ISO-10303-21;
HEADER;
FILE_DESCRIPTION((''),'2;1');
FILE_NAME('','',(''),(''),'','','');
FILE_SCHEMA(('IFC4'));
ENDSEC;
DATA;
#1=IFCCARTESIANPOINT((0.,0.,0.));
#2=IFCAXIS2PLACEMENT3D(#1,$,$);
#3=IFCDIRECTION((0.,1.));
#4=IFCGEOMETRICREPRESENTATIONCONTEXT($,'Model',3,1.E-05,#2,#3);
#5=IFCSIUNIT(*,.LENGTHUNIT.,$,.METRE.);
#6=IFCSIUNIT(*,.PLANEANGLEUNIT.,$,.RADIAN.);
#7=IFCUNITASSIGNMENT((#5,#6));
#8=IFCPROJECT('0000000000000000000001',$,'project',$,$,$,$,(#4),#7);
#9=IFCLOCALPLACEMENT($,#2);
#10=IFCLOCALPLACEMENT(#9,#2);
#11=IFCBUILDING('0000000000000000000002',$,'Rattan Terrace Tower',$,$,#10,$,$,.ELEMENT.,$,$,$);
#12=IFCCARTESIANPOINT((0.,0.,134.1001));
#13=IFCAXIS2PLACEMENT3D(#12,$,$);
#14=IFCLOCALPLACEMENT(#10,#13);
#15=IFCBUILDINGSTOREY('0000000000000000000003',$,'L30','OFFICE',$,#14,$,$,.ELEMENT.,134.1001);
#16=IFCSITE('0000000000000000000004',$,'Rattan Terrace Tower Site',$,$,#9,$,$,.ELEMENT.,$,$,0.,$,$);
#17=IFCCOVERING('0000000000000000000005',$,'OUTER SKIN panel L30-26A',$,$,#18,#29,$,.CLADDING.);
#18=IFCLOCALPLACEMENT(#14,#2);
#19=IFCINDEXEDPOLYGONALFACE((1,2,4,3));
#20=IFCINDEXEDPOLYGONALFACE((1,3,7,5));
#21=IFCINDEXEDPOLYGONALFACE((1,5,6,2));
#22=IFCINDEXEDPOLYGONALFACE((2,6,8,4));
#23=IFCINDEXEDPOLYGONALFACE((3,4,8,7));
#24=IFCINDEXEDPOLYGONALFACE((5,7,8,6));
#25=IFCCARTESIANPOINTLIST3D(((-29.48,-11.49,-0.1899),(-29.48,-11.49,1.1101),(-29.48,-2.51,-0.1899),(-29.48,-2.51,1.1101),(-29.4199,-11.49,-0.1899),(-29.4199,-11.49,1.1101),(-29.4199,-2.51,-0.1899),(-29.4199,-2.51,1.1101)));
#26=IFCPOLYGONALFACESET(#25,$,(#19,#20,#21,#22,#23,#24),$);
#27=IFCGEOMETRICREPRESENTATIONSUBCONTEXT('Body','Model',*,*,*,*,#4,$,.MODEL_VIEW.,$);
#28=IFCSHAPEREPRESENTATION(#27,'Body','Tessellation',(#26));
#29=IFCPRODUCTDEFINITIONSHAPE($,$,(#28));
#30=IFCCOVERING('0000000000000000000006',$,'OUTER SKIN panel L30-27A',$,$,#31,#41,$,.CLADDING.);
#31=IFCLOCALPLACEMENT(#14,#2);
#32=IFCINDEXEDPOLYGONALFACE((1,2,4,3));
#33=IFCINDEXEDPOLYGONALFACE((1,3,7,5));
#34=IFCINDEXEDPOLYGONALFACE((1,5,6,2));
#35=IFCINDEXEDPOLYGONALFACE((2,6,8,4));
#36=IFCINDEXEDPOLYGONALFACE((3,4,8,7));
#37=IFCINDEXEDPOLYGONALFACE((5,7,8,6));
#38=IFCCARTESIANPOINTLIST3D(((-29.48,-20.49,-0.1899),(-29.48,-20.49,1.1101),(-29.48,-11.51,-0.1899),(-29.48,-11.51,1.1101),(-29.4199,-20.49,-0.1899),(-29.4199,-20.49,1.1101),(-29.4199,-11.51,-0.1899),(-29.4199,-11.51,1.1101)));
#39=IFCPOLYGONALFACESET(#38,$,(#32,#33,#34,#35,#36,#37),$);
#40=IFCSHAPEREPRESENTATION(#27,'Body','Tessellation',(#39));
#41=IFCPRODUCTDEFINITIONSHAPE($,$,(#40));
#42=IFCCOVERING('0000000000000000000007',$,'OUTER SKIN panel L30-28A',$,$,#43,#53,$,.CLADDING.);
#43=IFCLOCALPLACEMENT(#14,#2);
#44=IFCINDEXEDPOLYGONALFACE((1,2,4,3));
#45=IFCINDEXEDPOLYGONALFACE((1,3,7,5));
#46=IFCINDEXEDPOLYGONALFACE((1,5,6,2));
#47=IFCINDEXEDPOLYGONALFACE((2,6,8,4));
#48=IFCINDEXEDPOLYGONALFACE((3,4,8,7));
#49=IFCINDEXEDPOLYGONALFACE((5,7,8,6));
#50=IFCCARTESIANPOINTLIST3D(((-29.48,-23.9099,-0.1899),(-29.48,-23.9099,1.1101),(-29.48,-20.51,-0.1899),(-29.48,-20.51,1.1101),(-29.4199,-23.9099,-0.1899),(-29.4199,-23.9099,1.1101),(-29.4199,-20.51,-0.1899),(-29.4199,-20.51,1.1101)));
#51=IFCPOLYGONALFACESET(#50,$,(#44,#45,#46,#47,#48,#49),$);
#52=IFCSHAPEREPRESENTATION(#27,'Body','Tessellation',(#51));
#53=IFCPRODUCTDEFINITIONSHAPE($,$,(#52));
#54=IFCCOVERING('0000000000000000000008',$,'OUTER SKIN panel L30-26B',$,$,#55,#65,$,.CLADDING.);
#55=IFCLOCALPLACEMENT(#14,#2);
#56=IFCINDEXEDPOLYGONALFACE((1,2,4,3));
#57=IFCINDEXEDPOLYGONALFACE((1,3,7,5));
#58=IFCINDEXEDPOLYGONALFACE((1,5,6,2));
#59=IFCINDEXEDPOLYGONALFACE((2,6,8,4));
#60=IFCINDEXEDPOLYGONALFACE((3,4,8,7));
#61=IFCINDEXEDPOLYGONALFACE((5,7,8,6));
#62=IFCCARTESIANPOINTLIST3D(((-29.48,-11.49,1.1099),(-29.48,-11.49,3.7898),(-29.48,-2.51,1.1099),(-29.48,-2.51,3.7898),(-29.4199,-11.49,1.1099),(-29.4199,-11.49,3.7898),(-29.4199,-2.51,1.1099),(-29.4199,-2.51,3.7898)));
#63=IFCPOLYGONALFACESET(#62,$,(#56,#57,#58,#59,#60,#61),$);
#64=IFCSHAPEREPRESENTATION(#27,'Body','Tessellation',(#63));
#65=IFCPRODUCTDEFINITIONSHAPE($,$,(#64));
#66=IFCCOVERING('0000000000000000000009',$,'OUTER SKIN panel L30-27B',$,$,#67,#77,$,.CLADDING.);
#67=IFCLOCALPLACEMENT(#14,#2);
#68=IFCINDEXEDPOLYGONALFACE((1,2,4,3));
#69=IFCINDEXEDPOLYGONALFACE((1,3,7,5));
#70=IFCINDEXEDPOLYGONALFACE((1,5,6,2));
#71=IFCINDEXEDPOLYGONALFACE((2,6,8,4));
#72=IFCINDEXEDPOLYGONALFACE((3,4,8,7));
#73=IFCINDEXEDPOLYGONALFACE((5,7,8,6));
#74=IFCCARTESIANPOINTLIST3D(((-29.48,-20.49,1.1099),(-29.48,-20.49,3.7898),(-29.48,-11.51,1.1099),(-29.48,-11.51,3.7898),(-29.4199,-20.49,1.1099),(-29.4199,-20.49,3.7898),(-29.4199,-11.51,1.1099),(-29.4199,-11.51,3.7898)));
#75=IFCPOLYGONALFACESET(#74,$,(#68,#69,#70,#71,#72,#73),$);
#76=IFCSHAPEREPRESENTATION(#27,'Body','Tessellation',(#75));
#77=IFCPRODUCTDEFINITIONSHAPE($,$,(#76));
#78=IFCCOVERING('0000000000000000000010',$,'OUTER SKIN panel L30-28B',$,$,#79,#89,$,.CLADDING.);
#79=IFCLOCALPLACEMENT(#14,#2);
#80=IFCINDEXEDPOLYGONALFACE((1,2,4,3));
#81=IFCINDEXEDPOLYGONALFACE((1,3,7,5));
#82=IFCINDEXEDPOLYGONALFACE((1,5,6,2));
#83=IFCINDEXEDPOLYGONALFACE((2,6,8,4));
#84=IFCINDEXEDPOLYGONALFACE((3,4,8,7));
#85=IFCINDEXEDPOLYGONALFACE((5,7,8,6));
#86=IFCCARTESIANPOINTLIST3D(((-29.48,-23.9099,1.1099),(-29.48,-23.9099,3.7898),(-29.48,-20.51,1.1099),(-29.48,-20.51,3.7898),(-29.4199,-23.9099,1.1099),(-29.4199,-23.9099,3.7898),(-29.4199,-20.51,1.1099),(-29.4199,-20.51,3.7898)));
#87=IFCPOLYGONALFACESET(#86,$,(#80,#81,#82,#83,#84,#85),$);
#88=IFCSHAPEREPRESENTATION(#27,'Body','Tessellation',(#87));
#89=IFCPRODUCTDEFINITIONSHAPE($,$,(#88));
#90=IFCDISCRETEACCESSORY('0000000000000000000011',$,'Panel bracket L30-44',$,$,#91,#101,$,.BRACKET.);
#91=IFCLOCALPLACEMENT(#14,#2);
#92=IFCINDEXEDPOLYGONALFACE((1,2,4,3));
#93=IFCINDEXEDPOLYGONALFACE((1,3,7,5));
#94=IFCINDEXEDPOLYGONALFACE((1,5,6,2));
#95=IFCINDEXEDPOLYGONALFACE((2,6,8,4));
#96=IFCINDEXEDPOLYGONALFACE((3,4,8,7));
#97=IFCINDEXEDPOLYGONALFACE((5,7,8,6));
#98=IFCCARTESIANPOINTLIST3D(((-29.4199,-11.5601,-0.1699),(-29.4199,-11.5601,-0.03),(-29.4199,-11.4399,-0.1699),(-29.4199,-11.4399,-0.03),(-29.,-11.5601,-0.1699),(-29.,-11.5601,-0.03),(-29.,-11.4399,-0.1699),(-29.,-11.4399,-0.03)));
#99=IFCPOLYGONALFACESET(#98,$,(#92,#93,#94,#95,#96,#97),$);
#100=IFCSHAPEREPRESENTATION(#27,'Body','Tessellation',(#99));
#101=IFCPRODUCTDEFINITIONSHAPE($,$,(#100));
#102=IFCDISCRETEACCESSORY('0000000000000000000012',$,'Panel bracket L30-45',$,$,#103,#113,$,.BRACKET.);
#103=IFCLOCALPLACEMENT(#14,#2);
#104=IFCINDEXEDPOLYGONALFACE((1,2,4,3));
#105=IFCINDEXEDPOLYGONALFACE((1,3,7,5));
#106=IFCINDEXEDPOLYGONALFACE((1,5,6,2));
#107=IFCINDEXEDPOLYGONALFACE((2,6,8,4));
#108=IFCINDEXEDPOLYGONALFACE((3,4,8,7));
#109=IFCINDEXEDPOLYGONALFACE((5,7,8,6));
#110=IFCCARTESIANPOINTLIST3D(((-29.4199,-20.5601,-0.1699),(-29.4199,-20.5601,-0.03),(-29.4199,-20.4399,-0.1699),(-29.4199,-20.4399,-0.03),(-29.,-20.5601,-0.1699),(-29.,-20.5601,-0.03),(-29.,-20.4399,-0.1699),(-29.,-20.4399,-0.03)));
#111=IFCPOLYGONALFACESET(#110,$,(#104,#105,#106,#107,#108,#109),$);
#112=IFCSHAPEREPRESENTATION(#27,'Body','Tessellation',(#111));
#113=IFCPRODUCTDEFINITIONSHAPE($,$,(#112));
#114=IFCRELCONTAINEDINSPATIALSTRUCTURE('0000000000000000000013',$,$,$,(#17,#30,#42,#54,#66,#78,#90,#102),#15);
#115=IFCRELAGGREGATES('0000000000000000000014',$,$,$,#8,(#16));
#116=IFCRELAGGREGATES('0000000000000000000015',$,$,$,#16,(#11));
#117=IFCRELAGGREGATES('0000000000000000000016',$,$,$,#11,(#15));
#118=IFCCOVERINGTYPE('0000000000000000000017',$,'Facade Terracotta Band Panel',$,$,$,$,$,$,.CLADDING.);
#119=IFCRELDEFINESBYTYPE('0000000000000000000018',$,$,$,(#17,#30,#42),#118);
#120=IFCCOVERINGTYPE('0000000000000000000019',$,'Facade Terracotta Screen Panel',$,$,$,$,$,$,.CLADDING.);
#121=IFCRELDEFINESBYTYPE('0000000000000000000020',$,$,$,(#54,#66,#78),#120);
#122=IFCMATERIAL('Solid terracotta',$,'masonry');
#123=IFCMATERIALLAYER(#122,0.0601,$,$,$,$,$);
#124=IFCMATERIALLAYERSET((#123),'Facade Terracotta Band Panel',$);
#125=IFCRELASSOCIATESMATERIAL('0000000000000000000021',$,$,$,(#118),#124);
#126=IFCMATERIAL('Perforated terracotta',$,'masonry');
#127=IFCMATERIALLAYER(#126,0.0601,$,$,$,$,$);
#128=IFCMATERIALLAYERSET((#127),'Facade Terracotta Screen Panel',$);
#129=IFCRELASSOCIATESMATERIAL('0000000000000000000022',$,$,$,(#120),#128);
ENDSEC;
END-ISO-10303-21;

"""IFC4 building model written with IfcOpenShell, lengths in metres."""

from ifc_helpers import new_model, si_unit, direction, frame, origin, origin_2d, place, context, subcontext, project, spatial, rectangle, extrude, material, layer, layer_set, type_object, element, save


model = new_model("IFC4")

# Units and contexts
model_context = context("Model", 3, precision=1e-05, world=origin(), true_north=direction((0.0, 1.0)))
body_context = subcontext(model_context, "Body", "Model", "MODEL_VIEW")
ifc_project = project(units=[si_unit("LENGTHUNIT", "METRE"), si_unit("PLANEANGLEUNIT", "RADIAN")], contexts=[model_context])

# Site, building, storey
site_placement = place(None, origin())
site = spatial("IfcSite", under=ifc_project, at=site_placement, Name="Rattan Terrace Tower Site", CompositionType="ELEMENT", RefElevation=0.0)
building_placement = place(site_placement, origin())
building = spatial("IfcBuilding", under=site, at=building_placement, Name="Rattan Terrace Tower", CompositionType="ELEMENT")
storey_placement = place(building_placement, frame((0.0, 0.0, 134.1001)))
storey = spatial("IfcBuildingStorey", under=building, at=storey_placement, Name="L30", Description="OFFICE", CompositionType="ELEMENT", Elevation=134.1001)

# Coverings
ifc_material_1 = material(Name="Solid terracotta", Category="masonry")
ifc_layer_1 = layer(ifc_material_1, 0.0601)
ifc_layer_set_1 = layer_set([ifc_layer_1], Name="Facade Terracotta Band Panel")
covering_type_1 = type_object("IfcCoveringType", Name="Facade Terracotta Band Panel", PredefinedType="CLADDING", material=ifc_layer_set_1)
for number, where, z_axis, x_axis, name in (
    (1, (-29.45, -7.0, -0.1899), (0.0, 0.0, 1.0), (0.0, -1.0, 0.0), "OUTER SKIN panel L30-26A"),
    (2, (-29.45, -16.0, -0.1899), (0.0, 0.0, 1.0), (0.0, -1.0, 0.0), "OUTER SKIN panel L30-27A"),
):
    element("IfcCovering", number, at=place(storey_placement, frame(where, z_axis=z_axis, x_axis=x_axis)), inside=storey, type_object=covering_type_1, Name=name, PredefinedType="CLADDING", context=body_context, shape_type="SweptSolid", body=[
        extrude(rectangle(XDim=8.98, YDim=0.0601, at=origin_2d()), origin(), (0.0, 0.0, 1.0), 1.3),
    ])
covering_1_placement = place(storey_placement, frame((-29.45, -22.21, -0.1899), z_axis=(0.0, 0.0, 1.0), x_axis=(0.0, -1.0, 0.0)))
element("IfcCovering", 3, at=covering_1_placement, inside=storey, type_object=covering_type_1, Name="OUTER SKIN panel L30-28A", PredefinedType="CLADDING", context=body_context, shape_type="SweptSolid", body=[
    extrude(rectangle(XDim=3.3999, YDim=0.0601, at=origin_2d()), origin(), (0.0, 0.0, 1.0), 1.3),
])
ifc_material_2 = material(Name="Perforated terracotta", Category="masonry")
ifc_layer_2 = layer(ifc_material_2, 0.0601)
ifc_layer_set_2 = layer_set([ifc_layer_2], Name="Facade Terracotta Screen Panel")
covering_type_2 = type_object("IfcCoveringType", Name="Facade Terracotta Screen Panel", PredefinedType="CLADDING", material=ifc_layer_set_2)
for number, where, z_axis, x_axis, name in (
    (4, (-29.45, -7.0, 1.1099), (0.0, 0.0, 1.0), (0.0, -1.0, 0.0), "OUTER SKIN panel L30-26B"),
    (5, (-29.45, -16.0, 1.1099), (0.0, 0.0, 1.0), (0.0, -1.0, 0.0), "OUTER SKIN panel L30-27B"),
):
    element("IfcCovering", number, at=place(storey_placement, frame(where, z_axis=z_axis, x_axis=x_axis)), inside=storey, type_object=covering_type_2, Name=name, PredefinedType="CLADDING", context=body_context, shape_type="SweptSolid", body=[
        extrude(rectangle(XDim=8.98, YDim=0.0601, at=origin_2d()), origin(), (0.0, 0.0, 1.0), 2.6799),
    ])
covering_2_placement = place(storey_placement, frame((-29.45, -22.21, 1.1099), z_axis=(0.0, 0.0, 1.0), x_axis=(0.0, -1.0, 0.0)))
element("IfcCovering", 6, at=covering_2_placement, inside=storey, type_object=covering_type_2, Name="OUTER SKIN panel L30-28B", PredefinedType="CLADDING", context=body_context, shape_type="SweptSolid", body=[
    extrude(rectangle(XDim=3.3999, YDim=0.0601, at=origin_2d()), origin(), (0.0, 0.0, 1.0), 2.6799),
])

# Discrete accessories
for number, where, z_axis, x_axis, name in (
    (7, (-29.21, -11.5, -0.1699), (0.0, 0.0, 1.0), (0.0, -1.0, 0.0), "Panel bracket L30-44"),
    (8, (-29.21, -20.5, -0.1699), (0.0, 0.0, 1.0), (0.0, -1.0, 0.0), "Panel bracket L30-45"),
):
    element("IfcDiscreteAccessory", number, at=place(storey_placement, frame(where, z_axis=z_axis, x_axis=x_axis)), inside=storey, Name=name, PredefinedType="BRACKET", context=body_context, shape_type="SweptSolid", body=[
        extrude(rectangle(XDim=0.1201, YDim=0.4199, at=origin_2d()), origin(), (0.0, 0.0, 1.0), 0.1399),
    ])

save(model, "model.ifc")
